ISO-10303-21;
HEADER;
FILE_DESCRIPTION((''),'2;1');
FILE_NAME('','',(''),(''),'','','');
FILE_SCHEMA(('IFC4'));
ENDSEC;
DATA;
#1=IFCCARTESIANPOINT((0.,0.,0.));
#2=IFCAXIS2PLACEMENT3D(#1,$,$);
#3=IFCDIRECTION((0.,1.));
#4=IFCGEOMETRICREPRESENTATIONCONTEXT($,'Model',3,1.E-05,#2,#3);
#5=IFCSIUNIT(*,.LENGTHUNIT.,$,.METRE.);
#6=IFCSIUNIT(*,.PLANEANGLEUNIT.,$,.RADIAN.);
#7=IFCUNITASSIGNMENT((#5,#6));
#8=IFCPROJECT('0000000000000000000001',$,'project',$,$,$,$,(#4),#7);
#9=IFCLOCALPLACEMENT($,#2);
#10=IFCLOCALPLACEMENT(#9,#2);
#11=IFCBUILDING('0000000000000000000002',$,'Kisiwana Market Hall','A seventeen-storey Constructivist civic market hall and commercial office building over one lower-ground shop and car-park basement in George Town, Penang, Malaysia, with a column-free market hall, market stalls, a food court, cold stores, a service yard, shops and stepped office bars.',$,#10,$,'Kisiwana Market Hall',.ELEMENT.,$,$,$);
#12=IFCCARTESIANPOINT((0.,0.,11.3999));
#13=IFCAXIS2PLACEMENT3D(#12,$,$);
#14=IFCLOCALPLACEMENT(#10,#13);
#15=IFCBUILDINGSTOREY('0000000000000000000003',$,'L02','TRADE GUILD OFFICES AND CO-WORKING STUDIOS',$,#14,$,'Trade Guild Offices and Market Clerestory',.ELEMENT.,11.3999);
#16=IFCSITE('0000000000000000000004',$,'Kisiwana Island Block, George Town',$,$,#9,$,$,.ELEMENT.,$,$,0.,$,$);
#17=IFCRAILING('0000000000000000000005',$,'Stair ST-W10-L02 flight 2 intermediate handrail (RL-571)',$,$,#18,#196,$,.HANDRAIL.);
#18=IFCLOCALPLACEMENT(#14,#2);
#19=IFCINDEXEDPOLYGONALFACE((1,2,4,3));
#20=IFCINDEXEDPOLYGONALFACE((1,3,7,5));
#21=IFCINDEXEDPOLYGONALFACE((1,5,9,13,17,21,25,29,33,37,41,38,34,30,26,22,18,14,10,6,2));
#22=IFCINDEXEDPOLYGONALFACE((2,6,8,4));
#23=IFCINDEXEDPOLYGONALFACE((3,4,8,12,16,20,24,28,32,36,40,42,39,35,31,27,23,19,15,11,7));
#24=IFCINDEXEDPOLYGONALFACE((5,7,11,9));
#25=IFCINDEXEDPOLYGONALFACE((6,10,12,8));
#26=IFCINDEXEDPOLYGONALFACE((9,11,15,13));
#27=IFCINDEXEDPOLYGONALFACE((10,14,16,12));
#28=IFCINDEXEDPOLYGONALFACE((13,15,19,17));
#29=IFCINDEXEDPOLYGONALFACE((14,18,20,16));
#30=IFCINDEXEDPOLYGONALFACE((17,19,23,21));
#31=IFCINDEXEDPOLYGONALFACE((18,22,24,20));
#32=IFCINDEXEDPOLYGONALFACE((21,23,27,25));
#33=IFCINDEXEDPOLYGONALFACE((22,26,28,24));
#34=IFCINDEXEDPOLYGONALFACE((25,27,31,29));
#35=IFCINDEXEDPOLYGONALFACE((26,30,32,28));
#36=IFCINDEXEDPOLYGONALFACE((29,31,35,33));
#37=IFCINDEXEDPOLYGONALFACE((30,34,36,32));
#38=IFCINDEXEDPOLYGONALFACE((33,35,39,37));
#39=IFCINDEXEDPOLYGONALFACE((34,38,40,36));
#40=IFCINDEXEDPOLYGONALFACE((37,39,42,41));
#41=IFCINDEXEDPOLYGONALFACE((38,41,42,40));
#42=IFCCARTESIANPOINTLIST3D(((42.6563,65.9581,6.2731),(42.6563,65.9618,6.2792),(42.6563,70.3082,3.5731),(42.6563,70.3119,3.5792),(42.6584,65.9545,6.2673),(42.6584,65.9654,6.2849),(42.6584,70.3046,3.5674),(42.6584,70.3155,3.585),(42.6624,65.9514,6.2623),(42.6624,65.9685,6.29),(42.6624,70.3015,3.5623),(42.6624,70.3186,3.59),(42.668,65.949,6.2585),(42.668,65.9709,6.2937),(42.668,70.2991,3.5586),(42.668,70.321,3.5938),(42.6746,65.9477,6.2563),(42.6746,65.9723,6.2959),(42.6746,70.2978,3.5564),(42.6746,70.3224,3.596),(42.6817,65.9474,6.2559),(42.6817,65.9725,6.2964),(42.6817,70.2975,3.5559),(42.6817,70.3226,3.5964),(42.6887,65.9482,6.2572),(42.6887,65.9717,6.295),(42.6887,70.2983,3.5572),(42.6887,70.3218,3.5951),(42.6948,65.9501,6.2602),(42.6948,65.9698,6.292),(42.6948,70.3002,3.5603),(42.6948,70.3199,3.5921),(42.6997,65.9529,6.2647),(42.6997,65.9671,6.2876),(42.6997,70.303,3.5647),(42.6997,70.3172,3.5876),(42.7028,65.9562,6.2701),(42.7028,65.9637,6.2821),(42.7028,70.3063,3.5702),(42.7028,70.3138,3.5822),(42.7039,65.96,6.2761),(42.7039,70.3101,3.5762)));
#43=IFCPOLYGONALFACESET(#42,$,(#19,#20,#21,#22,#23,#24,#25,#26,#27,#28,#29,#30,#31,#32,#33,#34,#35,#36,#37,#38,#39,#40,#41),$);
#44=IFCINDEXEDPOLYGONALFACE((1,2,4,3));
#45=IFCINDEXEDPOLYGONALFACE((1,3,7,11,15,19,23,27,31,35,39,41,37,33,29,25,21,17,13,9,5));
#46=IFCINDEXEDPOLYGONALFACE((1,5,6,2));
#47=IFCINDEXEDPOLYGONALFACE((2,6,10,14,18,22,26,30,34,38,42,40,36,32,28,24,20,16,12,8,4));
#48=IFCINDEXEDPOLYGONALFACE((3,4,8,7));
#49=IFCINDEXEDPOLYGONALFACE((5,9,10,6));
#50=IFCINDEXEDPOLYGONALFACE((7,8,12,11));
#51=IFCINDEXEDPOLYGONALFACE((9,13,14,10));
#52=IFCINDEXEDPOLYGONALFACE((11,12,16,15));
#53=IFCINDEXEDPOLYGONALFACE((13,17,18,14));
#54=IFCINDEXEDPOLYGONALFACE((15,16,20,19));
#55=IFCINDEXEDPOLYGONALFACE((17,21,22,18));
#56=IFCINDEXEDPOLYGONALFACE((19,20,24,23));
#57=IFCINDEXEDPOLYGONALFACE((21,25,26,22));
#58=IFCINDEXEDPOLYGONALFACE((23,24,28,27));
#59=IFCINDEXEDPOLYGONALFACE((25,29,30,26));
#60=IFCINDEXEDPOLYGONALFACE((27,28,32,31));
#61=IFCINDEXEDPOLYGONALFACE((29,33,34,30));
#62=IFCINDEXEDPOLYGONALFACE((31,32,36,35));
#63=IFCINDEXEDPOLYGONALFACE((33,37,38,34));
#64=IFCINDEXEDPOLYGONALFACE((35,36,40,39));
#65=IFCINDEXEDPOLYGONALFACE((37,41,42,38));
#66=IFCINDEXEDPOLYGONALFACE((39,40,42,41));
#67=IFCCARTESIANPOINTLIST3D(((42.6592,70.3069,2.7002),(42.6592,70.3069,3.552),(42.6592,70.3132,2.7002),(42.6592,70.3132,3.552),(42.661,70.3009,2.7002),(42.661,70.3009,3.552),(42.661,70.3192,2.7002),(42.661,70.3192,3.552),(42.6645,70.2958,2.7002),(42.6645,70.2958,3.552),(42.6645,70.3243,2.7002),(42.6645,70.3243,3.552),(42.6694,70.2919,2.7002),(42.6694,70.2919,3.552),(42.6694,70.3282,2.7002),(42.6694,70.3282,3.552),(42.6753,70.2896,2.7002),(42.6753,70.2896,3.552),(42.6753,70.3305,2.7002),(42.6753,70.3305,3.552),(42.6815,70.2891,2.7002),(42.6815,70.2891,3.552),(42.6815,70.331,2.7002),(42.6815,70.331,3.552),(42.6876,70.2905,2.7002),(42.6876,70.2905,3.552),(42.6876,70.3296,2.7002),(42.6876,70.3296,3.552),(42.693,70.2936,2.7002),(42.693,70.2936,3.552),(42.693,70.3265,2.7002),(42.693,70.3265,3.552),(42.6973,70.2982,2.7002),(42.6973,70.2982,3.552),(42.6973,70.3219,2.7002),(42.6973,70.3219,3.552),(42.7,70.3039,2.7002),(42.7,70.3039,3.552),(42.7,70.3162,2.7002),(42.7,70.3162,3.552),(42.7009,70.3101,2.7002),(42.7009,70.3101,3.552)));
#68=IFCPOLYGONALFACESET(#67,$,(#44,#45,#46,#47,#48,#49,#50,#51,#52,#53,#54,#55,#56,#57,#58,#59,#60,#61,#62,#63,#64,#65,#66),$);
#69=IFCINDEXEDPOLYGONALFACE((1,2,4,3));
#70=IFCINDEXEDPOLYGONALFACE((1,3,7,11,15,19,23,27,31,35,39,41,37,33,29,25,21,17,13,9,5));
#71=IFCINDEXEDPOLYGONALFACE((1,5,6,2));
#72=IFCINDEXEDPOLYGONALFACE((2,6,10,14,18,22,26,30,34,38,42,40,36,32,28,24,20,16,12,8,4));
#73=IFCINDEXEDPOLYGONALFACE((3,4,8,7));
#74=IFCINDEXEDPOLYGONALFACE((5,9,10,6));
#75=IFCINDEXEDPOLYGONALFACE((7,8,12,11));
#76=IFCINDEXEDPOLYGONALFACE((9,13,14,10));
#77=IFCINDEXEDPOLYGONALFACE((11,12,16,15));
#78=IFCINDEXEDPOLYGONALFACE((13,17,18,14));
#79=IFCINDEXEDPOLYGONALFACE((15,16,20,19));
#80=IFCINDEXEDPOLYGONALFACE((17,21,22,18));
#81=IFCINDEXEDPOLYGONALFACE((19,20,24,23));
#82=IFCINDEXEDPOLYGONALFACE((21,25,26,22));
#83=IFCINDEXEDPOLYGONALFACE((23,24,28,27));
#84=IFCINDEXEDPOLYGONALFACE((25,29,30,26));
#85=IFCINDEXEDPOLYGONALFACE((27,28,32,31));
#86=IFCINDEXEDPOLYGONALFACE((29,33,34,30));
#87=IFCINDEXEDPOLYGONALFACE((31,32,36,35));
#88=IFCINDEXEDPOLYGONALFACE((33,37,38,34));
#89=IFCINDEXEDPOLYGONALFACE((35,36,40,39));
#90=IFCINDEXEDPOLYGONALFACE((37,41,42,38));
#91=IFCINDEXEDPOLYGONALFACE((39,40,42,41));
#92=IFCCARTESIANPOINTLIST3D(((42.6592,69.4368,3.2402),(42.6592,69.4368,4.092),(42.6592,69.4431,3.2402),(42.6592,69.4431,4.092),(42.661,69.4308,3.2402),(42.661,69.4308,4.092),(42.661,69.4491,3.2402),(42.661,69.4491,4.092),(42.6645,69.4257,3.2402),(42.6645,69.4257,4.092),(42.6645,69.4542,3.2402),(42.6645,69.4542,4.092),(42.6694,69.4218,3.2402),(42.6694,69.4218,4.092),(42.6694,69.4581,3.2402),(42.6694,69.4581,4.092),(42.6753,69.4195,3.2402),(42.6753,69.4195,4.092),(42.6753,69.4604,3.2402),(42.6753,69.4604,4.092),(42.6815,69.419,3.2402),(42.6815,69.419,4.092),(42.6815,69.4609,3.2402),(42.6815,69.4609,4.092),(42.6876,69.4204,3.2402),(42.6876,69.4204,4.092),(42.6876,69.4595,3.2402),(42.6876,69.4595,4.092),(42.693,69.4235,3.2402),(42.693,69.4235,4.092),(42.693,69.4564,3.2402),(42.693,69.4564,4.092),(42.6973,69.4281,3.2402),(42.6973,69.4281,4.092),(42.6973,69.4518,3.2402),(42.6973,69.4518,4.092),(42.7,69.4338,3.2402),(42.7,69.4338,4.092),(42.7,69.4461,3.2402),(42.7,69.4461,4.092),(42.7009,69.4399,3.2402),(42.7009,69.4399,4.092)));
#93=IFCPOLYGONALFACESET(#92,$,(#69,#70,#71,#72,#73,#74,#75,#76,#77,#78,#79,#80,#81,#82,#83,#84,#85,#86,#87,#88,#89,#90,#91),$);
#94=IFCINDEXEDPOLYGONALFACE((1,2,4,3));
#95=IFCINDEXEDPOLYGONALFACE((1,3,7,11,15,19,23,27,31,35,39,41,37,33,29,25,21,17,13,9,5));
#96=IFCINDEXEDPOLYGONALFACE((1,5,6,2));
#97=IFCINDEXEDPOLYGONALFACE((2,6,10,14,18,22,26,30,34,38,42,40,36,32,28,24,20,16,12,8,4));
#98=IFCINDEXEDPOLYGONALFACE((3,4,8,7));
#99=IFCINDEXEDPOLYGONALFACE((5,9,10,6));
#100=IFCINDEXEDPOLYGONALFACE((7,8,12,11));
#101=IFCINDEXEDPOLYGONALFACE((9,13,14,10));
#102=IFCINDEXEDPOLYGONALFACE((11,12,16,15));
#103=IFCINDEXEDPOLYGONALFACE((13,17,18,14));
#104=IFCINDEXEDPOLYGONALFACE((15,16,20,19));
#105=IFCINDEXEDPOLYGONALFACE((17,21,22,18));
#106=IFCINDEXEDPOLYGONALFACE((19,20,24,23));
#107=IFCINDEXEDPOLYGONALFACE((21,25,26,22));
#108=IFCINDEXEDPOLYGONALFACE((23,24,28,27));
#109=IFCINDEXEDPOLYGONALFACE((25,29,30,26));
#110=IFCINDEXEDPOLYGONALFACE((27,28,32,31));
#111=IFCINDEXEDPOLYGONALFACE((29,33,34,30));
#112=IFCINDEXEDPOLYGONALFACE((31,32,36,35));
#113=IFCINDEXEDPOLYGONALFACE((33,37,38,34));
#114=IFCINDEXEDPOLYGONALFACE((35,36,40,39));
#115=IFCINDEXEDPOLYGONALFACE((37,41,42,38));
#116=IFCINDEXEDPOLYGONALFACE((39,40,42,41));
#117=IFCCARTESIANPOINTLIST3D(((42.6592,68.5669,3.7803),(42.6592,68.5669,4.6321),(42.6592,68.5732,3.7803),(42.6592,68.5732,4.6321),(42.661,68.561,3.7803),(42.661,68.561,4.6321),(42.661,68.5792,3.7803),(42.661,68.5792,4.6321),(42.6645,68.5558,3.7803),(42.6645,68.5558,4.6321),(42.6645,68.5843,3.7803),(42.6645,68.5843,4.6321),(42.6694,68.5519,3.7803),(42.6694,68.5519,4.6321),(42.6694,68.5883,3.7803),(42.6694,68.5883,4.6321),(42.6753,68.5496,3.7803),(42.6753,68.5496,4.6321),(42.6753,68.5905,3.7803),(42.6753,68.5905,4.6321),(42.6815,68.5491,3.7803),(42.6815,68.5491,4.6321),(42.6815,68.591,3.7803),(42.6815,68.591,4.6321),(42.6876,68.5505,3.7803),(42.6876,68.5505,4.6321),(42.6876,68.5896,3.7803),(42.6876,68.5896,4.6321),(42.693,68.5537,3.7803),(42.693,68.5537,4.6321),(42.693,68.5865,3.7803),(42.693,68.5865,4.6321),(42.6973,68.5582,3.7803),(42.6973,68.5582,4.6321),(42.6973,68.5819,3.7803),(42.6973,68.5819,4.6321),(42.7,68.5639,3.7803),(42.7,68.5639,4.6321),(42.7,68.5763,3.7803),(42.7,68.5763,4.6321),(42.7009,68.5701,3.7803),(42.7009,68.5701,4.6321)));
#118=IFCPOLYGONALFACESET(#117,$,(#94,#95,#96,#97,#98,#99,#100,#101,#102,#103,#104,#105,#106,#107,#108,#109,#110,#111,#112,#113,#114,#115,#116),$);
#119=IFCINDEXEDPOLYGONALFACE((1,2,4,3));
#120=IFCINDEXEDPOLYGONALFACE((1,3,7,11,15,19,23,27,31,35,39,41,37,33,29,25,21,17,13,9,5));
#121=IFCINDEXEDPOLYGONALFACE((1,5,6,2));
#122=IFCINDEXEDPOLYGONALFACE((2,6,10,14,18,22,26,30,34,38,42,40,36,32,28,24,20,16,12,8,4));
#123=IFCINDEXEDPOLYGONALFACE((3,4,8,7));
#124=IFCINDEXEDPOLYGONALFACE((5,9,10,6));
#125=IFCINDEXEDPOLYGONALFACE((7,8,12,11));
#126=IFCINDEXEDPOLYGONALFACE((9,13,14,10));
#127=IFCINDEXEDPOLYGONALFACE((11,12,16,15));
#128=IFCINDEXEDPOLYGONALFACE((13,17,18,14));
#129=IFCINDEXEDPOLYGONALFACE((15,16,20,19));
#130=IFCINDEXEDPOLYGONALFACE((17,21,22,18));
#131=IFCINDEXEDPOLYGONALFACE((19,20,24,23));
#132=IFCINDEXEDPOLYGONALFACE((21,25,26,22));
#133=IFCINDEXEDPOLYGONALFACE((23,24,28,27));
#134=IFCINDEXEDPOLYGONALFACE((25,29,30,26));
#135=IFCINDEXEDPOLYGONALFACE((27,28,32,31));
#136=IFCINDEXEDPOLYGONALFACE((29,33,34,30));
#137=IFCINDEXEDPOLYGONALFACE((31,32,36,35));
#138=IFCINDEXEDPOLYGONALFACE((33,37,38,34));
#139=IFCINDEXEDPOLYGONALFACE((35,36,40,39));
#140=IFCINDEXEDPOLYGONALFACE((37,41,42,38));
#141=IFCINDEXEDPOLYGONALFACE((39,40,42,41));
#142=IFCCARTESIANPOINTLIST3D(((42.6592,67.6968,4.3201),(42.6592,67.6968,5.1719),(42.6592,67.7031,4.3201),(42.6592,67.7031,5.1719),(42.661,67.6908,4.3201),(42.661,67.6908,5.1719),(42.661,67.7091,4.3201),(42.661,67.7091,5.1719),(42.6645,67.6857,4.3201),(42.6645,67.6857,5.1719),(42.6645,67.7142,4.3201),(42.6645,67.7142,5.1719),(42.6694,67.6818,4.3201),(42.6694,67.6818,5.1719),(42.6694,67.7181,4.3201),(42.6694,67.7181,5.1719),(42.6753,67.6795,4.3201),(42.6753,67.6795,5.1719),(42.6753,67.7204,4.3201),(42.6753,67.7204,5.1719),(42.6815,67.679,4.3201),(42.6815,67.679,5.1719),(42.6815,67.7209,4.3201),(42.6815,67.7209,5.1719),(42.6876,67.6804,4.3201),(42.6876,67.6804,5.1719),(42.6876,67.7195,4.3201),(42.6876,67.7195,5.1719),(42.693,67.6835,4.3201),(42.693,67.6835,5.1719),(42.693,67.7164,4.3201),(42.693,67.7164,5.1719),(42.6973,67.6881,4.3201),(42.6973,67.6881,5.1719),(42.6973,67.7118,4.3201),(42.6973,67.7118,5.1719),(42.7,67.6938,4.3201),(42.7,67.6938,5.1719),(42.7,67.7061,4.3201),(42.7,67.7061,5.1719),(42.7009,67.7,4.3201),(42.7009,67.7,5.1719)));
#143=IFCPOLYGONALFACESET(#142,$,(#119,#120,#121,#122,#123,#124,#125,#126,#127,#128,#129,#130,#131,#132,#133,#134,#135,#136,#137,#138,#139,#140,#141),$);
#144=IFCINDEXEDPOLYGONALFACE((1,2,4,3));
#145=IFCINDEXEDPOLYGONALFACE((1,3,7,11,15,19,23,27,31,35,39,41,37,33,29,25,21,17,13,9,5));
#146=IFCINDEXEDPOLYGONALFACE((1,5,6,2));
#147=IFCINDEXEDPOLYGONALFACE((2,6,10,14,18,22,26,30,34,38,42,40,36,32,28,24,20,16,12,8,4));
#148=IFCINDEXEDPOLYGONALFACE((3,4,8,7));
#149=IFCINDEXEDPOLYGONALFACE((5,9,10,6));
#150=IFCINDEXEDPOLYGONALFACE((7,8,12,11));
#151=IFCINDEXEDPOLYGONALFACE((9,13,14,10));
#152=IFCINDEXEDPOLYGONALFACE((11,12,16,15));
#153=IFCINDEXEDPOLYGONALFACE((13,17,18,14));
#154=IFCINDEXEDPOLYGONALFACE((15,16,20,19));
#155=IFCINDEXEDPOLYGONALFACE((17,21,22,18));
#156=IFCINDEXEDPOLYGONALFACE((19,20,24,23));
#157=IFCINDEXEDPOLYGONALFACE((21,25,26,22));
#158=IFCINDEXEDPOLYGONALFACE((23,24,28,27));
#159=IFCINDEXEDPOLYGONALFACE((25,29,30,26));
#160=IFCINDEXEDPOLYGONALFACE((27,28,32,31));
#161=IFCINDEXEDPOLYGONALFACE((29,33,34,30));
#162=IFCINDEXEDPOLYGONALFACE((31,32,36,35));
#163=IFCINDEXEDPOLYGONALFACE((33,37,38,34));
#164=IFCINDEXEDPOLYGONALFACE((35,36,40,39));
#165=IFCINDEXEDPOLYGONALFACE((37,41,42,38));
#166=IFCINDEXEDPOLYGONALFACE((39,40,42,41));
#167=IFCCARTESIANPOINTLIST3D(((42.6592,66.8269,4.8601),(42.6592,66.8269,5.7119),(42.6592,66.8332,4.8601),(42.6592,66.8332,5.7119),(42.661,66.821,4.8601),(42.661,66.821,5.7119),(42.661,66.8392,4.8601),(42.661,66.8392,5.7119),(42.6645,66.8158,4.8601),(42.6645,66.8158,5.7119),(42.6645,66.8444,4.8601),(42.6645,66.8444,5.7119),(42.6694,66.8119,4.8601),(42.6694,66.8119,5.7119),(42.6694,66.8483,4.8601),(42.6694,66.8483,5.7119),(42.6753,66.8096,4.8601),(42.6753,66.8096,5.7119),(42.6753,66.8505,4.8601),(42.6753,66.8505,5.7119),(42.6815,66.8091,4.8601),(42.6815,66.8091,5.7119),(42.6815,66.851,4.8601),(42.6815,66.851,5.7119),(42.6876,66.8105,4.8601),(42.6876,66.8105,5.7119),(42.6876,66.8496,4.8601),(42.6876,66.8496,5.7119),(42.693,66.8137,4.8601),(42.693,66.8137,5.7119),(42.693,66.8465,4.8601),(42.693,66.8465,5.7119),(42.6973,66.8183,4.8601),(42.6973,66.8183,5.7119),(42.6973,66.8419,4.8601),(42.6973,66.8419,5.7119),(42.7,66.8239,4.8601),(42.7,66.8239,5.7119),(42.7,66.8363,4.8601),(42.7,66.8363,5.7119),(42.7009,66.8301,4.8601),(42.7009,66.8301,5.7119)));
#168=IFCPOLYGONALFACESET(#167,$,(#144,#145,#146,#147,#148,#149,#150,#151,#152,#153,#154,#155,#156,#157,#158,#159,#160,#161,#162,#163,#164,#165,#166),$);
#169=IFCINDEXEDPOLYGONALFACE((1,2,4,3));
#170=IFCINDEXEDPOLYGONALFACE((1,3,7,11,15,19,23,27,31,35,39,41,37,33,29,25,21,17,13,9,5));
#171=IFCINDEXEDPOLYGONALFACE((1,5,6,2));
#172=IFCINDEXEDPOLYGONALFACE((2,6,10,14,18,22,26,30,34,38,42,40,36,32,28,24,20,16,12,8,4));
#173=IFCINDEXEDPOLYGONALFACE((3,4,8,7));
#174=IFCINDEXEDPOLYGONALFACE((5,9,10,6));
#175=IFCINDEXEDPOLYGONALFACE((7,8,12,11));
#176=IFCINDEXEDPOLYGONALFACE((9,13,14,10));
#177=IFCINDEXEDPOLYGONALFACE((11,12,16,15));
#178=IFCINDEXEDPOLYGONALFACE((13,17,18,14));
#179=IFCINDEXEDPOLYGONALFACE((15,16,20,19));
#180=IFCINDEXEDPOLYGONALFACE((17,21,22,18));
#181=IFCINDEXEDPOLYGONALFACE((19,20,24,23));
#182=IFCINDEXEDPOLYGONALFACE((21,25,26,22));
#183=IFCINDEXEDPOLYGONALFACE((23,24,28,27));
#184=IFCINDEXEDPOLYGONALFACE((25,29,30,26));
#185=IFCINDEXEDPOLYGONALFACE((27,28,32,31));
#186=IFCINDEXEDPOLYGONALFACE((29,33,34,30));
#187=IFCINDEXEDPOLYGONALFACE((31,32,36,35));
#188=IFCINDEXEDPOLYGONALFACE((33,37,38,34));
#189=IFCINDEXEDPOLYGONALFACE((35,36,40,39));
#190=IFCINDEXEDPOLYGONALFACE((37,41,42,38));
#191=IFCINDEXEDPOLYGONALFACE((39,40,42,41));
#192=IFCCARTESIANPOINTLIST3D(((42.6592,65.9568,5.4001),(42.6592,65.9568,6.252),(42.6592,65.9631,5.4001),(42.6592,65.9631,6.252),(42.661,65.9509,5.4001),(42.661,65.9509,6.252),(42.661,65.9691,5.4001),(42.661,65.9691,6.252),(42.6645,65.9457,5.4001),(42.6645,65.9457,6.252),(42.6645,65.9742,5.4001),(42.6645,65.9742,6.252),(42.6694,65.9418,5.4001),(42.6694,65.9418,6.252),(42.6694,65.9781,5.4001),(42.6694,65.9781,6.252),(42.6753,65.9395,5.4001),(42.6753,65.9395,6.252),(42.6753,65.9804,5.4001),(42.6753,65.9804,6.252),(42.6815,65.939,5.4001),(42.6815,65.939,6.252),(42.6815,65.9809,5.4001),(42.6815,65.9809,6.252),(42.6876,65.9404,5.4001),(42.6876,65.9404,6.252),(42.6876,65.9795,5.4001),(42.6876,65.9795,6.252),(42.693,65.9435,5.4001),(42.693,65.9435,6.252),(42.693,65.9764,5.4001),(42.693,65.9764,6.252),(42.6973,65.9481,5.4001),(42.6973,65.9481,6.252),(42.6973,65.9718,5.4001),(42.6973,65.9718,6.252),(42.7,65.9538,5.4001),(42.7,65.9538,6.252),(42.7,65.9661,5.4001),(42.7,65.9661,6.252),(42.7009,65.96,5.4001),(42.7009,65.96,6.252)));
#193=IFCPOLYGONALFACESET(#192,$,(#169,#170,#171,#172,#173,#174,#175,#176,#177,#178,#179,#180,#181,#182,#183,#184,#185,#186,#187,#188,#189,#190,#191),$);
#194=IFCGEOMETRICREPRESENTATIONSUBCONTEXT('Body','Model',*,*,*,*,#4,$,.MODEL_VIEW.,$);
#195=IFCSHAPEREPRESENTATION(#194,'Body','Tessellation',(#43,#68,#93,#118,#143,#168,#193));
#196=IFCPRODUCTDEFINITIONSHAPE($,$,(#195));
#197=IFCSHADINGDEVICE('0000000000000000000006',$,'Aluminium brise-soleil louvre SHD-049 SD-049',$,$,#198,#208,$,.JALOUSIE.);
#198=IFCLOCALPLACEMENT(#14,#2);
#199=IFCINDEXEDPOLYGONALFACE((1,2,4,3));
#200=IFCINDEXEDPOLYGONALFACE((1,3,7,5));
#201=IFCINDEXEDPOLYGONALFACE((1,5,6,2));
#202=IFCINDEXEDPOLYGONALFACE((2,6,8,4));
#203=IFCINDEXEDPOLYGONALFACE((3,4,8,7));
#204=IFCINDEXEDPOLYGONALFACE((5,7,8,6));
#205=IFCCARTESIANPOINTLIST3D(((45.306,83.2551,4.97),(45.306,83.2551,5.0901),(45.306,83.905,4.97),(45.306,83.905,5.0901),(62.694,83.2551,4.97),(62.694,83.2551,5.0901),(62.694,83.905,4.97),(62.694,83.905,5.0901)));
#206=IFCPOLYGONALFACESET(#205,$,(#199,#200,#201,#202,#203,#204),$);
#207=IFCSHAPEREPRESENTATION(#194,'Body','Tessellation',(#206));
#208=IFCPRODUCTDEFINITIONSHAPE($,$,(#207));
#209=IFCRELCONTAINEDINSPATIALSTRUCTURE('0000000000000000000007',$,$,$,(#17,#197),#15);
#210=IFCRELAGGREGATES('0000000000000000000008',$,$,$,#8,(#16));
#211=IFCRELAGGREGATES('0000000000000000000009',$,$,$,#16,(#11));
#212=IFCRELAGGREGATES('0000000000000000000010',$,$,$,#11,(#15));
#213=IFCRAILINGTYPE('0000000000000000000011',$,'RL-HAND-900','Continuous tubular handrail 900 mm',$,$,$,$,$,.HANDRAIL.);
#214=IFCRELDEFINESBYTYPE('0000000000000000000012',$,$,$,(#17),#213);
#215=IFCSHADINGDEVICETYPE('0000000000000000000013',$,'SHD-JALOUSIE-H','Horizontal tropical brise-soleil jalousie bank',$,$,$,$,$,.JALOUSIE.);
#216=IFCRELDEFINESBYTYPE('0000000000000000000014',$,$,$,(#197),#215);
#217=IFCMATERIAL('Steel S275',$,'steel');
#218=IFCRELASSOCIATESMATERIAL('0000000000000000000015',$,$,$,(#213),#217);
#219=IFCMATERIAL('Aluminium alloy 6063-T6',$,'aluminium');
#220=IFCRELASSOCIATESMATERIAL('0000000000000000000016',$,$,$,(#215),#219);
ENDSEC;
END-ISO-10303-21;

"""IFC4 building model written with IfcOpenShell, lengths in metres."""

from ifc_helpers import new_model, si_unit, direction, frame, origin, origin_2d, place, context, subcontext, project, spatial, rectangle, circle, extrude, material, type_object, element, save


model = new_model("IFC4")

# Units and contexts
model_context = context("Model", 3, precision=1e-05, world=origin(), true_north=direction((0.0, 1.0)))
body_context = subcontext(model_context, "Body", "Model", "MODEL_VIEW")
ifc_project = project(units=[si_unit("LENGTHUNIT", "METRE"), si_unit("PLANEANGLEUNIT", "RADIAN")], contexts=[model_context])

# Site, building, storey
site_placement = place(None, origin())
site = spatial("IfcSite", under=ifc_project, at=site_placement, Name="Kisiwana Island Block, George Town", CompositionType="ELEMENT", RefElevation=0.0)
building_placement = place(site_placement, origin())
building = spatial("IfcBuilding", under=site, at=building_placement, Name="Kisiwana Market Hall", Description="A seventeen-storey Constructivist civic market hall and commercial office building over one lower-ground shop and car-park basement in George Town, Penang, Malaysia, with a column-free market hall, market stalls, a food court, cold stores, a service yard, shops and stepped office bars.", LongName="Kisiwana Market Hall", CompositionType="ELEMENT")
storey_placement = place(building_placement, frame((0.0, 0.0, 11.3999)))
storey = spatial("IfcBuildingStorey", under=building, at=storey_placement, Name="L02", Description="TRADE GUILD OFFICES AND CO-WORKING STUDIOS", LongName="Trade Guild Offices and Market Clerestory", CompositionType="ELEMENT", Elevation=11.3999)

# Railing
ifc_material_1 = material(Name="Steel S275", Category="steel")
railing_type_1 = type_object("IfcRailingType", Name="RL-HAND-900", Description="Continuous tubular handrail 900 mm", PredefinedType="HANDRAIL", material=ifc_material_1)
railing_1_placement = place(storey_placement, frame((42.6799, 70.3101, 2.7002)))
element("IfcRailing", 1, at=railing_1_placement, inside=storey, type_object=railing_type_1, Name="Stair ST-W10-L02 flight 2 intermediate handrail (RL-571)", PredefinedType="HANDRAIL", context=body_context, shape_type="SweptSolid", body=[
    extrude(circle(Radius=0.0239, at=origin_2d()), frame((0.0, 0.0, 0.876), z_axis=(0.0, -0.84965, 0.527347), x_axis=(1.0, 0.0, 0.0)), (0.0, 0.0, 1.0), 5.1199),
    extrude(circle(Radius=0.021, at=origin_2d()), origin(), (0.0, 0.0, 1.0), 0.8518),
    extrude(circle(Radius=0.021, at=origin_2d()), frame((0.0, -0.8701, 0.54)), (0.0, 0.0, 1.0), 0.8518),
    extrude(circle(Radius=0.021, at=origin_2d()), frame((0.0, -1.74, 1.0801)), (0.0, 0.0, 1.0), 0.8518),
    extrude(circle(Radius=0.021, at=origin_2d()), frame((0.0, -2.6101, 1.6199)), (0.0, 0.0, 1.0), 0.8518),
    extrude(circle(Radius=0.021, at=origin_2d()), frame((0.0, -3.48, 2.1599)), (0.0, 0.0, 1.0), 0.8518),
    extrude(circle(Radius=0.021, at=origin_2d()), frame((0.0, -4.3501, 2.7)), (0.0, 0.0, 1.0), 0.8518),
])

# Shading device
ifc_material_2 = material(Name="Aluminium alloy 6063-T6", Category="aluminium")
shading_device_type = type_object("IfcShadingDeviceType", Name="SHD-JALOUSIE-H", Description="Horizontal tropical brise-soleil jalousie bank", PredefinedType="JALOUSIE", material=ifc_material_2)
shading_device_placement = place(storey_placement, frame((54.0, 83.5801, 4.97), z_axis=(0.0, 0.0, 1.0), x_axis=(1.0, 0.0, 0.0)))
element("IfcShadingDevice", 2, at=shading_device_placement, inside=storey, type_object=shading_device_type, Name="Aluminium brise-soleil louvre SHD-049 SD-049", PredefinedType="JALOUSIE", context=body_context, shape_type="SweptSolid", body=[
    extrude(rectangle(XDim=17.3879, YDim=0.6499, at=origin_2d()), origin(), (0.0, 0.0, 1.0), 0.1201),
])

save(model, "model.ifc")
